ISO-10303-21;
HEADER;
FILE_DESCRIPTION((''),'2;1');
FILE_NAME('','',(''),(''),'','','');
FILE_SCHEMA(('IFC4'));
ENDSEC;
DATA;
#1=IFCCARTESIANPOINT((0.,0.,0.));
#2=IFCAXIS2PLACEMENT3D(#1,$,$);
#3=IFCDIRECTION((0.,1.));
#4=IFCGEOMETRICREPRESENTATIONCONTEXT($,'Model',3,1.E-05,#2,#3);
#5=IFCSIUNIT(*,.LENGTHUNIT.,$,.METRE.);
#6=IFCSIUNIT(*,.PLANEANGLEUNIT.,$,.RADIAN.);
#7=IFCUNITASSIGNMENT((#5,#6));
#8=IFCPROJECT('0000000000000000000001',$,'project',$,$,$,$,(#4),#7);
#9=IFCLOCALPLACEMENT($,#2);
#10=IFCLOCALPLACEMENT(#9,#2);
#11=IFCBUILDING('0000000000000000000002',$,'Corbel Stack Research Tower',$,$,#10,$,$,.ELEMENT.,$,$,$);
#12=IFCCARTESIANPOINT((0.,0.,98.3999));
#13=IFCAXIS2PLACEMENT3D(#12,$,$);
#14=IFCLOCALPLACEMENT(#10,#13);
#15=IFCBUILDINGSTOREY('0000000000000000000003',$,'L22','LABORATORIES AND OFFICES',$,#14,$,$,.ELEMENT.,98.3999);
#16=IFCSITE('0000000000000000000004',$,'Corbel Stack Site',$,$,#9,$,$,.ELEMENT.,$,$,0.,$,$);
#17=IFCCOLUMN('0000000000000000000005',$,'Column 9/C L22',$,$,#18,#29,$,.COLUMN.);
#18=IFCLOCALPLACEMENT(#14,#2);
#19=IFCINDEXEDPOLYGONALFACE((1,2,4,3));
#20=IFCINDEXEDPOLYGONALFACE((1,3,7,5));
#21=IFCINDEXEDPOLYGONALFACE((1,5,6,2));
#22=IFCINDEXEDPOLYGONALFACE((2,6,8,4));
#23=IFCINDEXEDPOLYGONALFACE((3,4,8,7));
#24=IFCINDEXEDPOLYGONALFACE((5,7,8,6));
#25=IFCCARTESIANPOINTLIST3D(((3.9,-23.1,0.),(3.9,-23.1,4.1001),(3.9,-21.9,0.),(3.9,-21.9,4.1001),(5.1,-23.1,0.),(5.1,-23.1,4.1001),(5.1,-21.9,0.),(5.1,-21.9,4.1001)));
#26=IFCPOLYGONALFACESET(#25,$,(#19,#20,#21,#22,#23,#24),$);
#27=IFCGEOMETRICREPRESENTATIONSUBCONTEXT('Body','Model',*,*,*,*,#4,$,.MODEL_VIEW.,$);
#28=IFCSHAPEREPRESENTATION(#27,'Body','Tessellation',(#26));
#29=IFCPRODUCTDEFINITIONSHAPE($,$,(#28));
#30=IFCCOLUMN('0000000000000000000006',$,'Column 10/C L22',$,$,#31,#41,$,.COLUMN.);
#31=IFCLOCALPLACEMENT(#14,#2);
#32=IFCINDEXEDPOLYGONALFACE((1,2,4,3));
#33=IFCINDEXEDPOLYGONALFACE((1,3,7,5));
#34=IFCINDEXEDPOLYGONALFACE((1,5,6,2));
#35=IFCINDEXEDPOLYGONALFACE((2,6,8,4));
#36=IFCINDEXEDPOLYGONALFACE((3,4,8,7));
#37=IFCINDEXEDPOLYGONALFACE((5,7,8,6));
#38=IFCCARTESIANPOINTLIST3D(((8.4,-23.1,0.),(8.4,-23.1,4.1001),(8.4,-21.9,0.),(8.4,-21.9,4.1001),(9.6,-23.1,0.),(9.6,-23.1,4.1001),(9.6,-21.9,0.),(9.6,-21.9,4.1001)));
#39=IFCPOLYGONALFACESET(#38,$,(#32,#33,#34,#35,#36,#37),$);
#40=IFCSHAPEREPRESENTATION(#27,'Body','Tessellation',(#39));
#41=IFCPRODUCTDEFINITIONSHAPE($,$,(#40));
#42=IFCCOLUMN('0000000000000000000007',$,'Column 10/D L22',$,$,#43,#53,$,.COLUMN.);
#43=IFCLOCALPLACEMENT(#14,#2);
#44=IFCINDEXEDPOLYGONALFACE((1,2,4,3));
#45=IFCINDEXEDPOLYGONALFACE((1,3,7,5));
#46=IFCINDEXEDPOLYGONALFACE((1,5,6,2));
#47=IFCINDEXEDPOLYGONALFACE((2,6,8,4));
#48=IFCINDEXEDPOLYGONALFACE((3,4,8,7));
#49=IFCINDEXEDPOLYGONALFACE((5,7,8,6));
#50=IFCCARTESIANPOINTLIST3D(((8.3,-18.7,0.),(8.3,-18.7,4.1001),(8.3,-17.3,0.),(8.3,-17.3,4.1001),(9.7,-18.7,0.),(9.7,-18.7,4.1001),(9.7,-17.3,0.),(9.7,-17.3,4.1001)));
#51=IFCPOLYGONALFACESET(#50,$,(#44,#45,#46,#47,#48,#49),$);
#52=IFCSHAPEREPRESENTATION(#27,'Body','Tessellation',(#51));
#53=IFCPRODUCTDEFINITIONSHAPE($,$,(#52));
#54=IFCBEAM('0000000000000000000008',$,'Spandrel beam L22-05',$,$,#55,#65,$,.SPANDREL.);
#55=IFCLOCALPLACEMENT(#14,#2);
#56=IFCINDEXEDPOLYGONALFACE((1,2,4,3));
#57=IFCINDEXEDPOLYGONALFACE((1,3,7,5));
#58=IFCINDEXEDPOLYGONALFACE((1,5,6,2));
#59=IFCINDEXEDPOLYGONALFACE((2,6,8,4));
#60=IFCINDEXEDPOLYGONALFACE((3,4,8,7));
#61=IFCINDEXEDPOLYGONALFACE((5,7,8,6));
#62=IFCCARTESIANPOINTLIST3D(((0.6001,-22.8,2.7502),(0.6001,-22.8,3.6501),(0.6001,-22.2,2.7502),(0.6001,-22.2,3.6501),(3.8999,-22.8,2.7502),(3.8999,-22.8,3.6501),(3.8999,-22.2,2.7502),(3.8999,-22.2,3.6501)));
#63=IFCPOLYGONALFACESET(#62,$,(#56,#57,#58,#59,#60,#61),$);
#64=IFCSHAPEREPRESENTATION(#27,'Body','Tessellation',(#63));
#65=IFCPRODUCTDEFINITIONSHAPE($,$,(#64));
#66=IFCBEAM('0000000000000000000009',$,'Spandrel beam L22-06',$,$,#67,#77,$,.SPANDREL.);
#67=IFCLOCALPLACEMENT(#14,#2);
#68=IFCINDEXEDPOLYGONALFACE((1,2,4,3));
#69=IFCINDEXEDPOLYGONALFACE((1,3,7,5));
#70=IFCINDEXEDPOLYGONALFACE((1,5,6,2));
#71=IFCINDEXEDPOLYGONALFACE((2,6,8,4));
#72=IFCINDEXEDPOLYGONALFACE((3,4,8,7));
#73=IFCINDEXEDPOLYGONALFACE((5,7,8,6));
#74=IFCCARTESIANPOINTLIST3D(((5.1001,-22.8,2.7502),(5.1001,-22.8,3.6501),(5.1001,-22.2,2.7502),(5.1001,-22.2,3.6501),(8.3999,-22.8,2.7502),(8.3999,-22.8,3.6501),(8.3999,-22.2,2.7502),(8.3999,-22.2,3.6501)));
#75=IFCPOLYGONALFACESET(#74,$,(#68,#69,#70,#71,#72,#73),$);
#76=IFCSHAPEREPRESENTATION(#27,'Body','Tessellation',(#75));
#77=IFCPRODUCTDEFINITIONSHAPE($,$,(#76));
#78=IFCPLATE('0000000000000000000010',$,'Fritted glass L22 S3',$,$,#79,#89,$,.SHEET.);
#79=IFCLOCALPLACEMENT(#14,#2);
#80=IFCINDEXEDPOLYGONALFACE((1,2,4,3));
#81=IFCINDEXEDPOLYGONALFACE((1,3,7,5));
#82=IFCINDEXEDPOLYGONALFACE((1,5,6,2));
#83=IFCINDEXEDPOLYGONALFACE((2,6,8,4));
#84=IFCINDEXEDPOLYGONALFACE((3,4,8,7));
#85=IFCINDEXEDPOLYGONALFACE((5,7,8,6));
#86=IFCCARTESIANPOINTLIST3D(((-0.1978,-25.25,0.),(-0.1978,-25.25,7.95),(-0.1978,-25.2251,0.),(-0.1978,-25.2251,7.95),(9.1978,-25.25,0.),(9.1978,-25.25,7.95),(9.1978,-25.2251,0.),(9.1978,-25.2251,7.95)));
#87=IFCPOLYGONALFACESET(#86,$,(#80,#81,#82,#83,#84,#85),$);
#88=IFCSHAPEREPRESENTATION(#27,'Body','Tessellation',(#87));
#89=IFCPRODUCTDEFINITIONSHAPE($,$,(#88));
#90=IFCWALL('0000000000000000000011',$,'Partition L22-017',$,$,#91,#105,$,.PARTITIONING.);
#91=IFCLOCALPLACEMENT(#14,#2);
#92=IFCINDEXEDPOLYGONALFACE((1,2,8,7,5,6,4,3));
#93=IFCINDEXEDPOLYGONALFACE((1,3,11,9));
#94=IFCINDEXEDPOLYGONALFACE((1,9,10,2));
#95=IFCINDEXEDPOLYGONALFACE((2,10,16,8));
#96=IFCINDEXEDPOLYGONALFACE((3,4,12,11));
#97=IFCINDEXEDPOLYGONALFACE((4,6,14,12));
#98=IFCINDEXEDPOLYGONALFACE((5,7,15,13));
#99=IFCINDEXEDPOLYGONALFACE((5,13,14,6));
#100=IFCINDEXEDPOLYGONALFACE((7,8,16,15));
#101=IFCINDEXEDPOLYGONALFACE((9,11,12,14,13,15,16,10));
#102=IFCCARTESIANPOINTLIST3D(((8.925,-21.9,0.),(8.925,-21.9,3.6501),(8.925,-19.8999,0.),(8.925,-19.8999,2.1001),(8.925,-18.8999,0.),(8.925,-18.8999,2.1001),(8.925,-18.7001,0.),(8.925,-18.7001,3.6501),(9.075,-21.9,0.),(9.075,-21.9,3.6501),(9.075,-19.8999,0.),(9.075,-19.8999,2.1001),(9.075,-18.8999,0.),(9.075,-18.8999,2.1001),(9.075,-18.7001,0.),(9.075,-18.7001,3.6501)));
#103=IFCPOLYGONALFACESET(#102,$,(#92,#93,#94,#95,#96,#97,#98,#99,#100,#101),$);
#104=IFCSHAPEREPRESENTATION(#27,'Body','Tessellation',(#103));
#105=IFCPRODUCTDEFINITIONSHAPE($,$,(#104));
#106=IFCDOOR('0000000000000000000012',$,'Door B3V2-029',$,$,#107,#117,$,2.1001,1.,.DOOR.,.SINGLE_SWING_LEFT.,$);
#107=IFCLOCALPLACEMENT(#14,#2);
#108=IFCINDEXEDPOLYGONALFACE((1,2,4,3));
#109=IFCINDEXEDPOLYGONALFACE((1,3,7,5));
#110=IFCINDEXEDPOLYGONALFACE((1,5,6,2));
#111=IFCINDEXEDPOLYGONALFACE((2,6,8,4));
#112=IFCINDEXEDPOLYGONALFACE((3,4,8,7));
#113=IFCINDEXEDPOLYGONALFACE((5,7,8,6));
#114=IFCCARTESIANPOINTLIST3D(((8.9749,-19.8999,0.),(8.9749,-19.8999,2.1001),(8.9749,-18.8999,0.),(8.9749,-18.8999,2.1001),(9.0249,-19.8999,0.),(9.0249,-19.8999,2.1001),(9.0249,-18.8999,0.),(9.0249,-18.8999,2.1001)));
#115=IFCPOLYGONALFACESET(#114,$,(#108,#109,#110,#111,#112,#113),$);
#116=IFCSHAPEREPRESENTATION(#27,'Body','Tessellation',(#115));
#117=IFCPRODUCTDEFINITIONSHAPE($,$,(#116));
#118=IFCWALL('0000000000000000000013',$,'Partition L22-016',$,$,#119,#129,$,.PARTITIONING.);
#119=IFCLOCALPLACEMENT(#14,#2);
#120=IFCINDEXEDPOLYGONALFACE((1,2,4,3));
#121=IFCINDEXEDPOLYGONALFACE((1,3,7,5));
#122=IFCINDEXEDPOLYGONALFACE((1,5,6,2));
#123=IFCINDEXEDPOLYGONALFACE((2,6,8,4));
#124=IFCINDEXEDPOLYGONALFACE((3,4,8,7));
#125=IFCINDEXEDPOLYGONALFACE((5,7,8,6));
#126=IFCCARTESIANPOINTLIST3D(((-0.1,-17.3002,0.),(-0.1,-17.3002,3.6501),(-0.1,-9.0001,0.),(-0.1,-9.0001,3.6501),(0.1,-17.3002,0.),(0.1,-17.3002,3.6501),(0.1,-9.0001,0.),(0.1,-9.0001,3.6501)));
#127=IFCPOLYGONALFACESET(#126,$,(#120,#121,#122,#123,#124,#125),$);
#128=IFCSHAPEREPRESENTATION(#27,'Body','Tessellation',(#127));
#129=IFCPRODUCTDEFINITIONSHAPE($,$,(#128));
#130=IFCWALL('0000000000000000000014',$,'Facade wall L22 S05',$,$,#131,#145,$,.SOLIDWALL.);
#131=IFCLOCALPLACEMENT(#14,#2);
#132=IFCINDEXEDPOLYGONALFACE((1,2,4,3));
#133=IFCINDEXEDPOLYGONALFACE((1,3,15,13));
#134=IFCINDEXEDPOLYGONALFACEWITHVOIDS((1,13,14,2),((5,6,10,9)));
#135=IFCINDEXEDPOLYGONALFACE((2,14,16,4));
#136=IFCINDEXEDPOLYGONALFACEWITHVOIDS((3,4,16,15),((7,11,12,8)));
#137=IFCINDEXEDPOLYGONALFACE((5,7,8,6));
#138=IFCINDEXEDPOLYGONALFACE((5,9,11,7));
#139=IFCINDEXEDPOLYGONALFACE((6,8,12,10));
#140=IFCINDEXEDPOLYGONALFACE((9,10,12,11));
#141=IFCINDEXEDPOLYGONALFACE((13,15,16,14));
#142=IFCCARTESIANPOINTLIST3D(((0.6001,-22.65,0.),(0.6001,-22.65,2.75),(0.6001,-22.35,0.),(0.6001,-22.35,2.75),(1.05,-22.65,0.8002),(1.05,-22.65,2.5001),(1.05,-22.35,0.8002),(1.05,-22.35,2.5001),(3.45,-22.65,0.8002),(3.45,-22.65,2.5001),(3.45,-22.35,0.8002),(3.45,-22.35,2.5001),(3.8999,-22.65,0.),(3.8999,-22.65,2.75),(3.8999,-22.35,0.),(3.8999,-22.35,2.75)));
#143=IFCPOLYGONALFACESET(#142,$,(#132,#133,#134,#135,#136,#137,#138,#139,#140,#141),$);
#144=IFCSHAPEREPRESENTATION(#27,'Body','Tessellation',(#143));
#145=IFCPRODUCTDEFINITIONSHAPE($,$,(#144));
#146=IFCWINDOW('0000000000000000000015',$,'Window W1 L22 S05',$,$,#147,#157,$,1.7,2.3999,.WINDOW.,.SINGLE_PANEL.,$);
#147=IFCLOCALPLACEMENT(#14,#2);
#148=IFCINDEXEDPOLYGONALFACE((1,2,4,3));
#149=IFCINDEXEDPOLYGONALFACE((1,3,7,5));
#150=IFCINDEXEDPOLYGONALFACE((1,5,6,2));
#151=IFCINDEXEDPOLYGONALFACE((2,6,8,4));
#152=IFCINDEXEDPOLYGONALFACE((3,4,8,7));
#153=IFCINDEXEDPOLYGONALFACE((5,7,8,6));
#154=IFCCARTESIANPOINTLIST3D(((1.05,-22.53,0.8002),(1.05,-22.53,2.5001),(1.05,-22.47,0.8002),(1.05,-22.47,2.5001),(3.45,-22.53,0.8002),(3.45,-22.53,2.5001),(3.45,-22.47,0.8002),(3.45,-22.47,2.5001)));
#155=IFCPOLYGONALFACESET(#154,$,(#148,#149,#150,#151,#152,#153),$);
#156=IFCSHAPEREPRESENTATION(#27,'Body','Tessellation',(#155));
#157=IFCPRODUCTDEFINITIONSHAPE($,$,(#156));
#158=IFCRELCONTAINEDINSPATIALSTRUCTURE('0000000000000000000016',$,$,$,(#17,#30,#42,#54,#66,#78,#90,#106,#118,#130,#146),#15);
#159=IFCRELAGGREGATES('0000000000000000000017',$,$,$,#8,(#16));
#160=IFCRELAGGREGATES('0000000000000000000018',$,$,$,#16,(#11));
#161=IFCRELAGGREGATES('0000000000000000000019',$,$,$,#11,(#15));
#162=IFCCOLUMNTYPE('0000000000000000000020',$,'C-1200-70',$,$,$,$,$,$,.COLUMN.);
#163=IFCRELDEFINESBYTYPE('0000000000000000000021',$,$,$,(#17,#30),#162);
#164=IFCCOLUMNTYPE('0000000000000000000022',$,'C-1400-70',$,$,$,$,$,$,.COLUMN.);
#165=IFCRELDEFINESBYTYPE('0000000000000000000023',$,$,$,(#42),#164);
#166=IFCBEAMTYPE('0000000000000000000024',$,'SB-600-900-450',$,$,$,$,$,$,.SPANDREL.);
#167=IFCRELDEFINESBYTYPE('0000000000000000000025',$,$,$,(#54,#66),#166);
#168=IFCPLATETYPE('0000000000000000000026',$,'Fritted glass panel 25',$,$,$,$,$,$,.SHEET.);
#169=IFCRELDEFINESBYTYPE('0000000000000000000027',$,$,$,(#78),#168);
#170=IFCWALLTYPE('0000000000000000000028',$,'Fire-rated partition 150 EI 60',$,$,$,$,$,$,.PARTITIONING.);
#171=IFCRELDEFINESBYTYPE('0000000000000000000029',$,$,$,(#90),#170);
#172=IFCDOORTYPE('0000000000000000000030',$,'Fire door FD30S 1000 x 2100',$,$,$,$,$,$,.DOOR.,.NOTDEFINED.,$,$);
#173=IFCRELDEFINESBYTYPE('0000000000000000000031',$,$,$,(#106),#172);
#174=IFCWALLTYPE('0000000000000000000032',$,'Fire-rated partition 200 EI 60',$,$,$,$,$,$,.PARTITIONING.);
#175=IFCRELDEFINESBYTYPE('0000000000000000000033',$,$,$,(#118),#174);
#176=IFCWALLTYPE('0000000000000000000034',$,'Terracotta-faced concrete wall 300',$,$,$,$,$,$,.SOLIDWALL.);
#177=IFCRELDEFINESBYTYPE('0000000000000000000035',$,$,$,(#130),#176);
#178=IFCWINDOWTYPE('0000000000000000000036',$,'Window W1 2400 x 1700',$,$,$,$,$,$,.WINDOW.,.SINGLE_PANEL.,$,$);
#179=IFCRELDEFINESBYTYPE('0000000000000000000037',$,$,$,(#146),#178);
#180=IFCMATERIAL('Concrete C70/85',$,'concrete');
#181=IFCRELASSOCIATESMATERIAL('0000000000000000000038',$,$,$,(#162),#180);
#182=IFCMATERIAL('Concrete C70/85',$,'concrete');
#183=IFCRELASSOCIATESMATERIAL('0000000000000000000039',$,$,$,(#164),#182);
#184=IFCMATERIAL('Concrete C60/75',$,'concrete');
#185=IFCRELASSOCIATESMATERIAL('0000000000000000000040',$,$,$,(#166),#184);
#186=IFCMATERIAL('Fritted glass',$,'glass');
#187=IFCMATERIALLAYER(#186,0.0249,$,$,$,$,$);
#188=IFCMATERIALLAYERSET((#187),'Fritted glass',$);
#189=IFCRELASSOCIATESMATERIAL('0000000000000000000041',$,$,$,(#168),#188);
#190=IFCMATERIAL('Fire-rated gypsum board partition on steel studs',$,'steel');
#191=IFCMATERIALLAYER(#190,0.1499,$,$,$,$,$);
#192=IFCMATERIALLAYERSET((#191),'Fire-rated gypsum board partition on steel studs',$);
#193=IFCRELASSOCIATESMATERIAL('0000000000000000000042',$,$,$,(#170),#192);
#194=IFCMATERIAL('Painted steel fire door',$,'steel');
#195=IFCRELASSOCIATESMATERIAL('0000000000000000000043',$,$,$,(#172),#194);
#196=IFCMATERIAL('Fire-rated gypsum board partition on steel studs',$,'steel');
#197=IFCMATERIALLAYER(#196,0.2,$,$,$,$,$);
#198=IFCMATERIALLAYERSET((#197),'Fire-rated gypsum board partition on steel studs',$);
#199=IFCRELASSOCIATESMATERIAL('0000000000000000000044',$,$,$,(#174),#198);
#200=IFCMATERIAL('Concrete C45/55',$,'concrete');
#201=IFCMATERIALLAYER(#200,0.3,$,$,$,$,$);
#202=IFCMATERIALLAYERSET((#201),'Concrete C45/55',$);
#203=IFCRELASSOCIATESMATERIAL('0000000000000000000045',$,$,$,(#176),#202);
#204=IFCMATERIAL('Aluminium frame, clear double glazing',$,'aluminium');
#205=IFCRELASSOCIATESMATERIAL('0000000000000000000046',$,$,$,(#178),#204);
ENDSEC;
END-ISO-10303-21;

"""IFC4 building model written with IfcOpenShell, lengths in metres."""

from ifc_helpers import new_model, si_unit, direction, frame, frame_2d, origin, origin_2d, place, context, subcontext, project, spatial, rectangle, extrude, material, layer, layer_set, material_profile, profile_set, type_object, element, fill, save


model = new_model("IFC4")

# Units and contexts
model_context = context("Model", 3, precision=1e-05, world=origin(), true_north=direction((0.0, 1.0)))
body_context = subcontext(model_context, "Body", "Model", "MODEL_VIEW")
ifc_project = project(units=[si_unit("LENGTHUNIT", "METRE"), si_unit("PLANEANGLEUNIT", "RADIAN")], contexts=[model_context])

# Site, building, storey
site_placement = place(None, origin())
site = spatial("IfcSite", under=ifc_project, at=site_placement, Name="Corbel Stack Site", CompositionType="ELEMENT", RefElevation=0.0)
building_placement = place(site_placement, origin())
building = spatial("IfcBuilding", under=site, at=building_placement, Name="Corbel Stack Research Tower", CompositionType="ELEMENT")
storey_placement = place(building_placement, frame((0.0, 0.0, 98.3999)))
storey = spatial("IfcBuildingStorey", under=building, at=storey_placement, Name="L22", Description="LABORATORIES AND OFFICES", CompositionType="ELEMENT", Elevation=98.3999)

# Columns
ifc_material_1 = material(Name="Concrete C70/85", Category="concrete")
ifc_material_profile_1 = material_profile(ifc_material_1, rectangle(XDim=1.2, YDim=1.2, at=origin_2d()), Name="RC 1200 x 1200")
ifc_profile_set_1 = profile_set([ifc_material_profile_1], Name="Concrete C70/85")
column_type_1 = type_object("IfcColumnType", Name="C-1200-70", PredefinedType="COLUMN", material=ifc_profile_set_1)
for number, where, z_axis, x_axis, name in (
    (1, (4.5, -22.5, 0.0), (0.0, 0.0, 1.0), (1.0, 0.0, 0.0), "Column 9/C L22"),
    (2, (9.0, -22.5, 0.0), (0.0, 0.0, 1.0), (1.0, 0.0, 0.0), "Column 10/C L22"),
):
    element("IfcColumn", number, at=place(storey_placement, frame(where, z_axis=z_axis, x_axis=x_axis)), inside=storey, type_object=column_type_1, Name=name, PredefinedType="COLUMN", context=body_context, shape_type="SweptSolid", body=[
        extrude(rectangle(XDim=1.2, YDim=1.2, at=origin_2d()), origin(), (0.0, 0.0, 1.0), 4.1001),
    ])
ifc_material_2 = material(Name="Concrete C70/85", Category="concrete")
ifc_material_profile_2 = material_profile(ifc_material_2, rectangle(XDim=1.3999, YDim=1.3999, at=origin_2d()), Name="RC 1400 x 1400")
ifc_profile_set_2 = profile_set([ifc_material_profile_2], Name="Concrete C70/85")
column_type_2 = type_object("IfcColumnType", Name="C-1400-70", PredefinedType="COLUMN", material=ifc_profile_set_2)
column_placement = place(storey_placement, frame((9.0, -18.0, 0.0), z_axis=(0.0, 0.0, 1.0), x_axis=(1.0, 0.0, 0.0)))
element("IfcColumn", 3, at=column_placement, inside=storey, type_object=column_type_2, Name="Column 10/D L22", PredefinedType="COLUMN", context=body_context, shape_type="SweptSolid", body=[
    extrude(rectangle(XDim=1.3999, YDim=1.3999, at=origin_2d()), origin(), (0.0, 0.0, 1.0), 4.1001),
])

# Beams
ifc_material_3 = material(Name="Concrete C60/75", Category="concrete")
ifc_material_profile_3 = material_profile(ifc_material_3, rectangle(XDim=0.6001, YDim=0.8999, at=origin_2d()), Name="RC 600 x 900")
ifc_profile_set_3 = profile_set([ifc_material_profile_3], Name="Concrete C60/75")
beam_type = type_object("IfcBeamType", Name="SB-600-900-450", PredefinedType="SPANDREL", material=ifc_profile_set_3)
for number, where, z_axis, x_axis, name in (
    (4, (0.6001, -22.5, 3.2002), (1.0, 0.0, 0.0), (0.0, 1.0, 0.0), "Spandrel beam L22-05"),
    (5, (5.1001, -22.5, 3.2002), (1.0, 0.0, 0.0), (0.0, 1.0, 0.0), "Spandrel beam L22-06"),
):
    element("IfcBeam", number, at=place(storey_placement, frame(where, z_axis=z_axis, x_axis=x_axis)), inside=storey, type_object=beam_type, Name=name, PredefinedType="SPANDREL", context=body_context, shape_type="SweptSolid", body=[
        extrude(rectangle(XDim=0.6001, YDim=0.8999, at=origin_2d()), origin(), (0.0, 0.0, 1.0), 3.2998),
    ])

# Plate
ifc_material_4 = material(Name="Fritted glass", Category="glass")
ifc_layer_1 = layer(ifc_material_4, 0.0249)
ifc_layer_set_1 = layer_set([ifc_layer_1], Name="Fritted glass")
plate_type = type_object("IfcPlateType", Name="Fritted glass panel 25", PredefinedType="SHEET", material=ifc_layer_set_1)
plate_placement = place(storey_placement, frame((4.5, -25.2375, 0.0), z_axis=(0.0, 0.0, 1.0), x_axis=(1.0, 0.0, 0.0)))
element("IfcPlate", 6, at=plate_placement, inside=storey, type_object=plate_type, Name="Fritted glass L22 S3", PredefinedType="SHEET", context=body_context, shape_type="SweptSolid", body=[
    extrude(rectangle(XDim=9.3955, YDim=0.0249, at=origin_2d()), origin(), (0.0, 0.0, 1.0), 7.95),
])

# Wall, opening, door
ifc_material_5 = material(Name="Fire-rated gypsum board partition on steel studs", Category="steel")
ifc_layer_2 = layer(ifc_material_5, 0.1499)
ifc_layer_set_2 = layer_set([ifc_layer_2], Name="Fire-rated gypsum board partition on steel studs")
wall_type_1 = type_object("IfcWallType", Name="Fire-rated partition 150 EI 60", PredefinedType="PARTITIONING", material=ifc_layer_set_2)
wall_1_placement = place(storey_placement, frame((9.0, -18.7, 0.0), z_axis=(0.0, 0.0, 1.0), x_axis=(0.0, -1.0, 0.0)))
wall_1 = element("IfcWall", 7, at=wall_1_placement, inside=storey, type_object=wall_type_1, Name="Partition L22-017", PredefinedType="PARTITIONING", context=body_context, shape_type="SweptSolid", body=[
    extrude(rectangle(XDim=3.2, YDim=0.1499, at=frame_2d((1.6001, 0.0))), origin(), (0.0, 0.0, 1.0), 3.6501),
])
opening_1_placement = place(wall_1_placement, frame((0.2, 0.0, 0.0)))
opening_1 = element("IfcOpeningElement", 8, at=opening_1_placement, cuts=wall_1, PredefinedType="OPENING", context=body_context, shape_type="SweptSolid", body=[
    extrude(rectangle(XDim=1.0, YDim=2.1001, at=frame_2d((0.5, 1.05))), frame((0.0, 0.085, 0.0), z_axis=(0.0, -1.0, 0.0), x_axis=(1.0, 0.0, 0.0)), (0.0, 0.0, 1.0), 0.1699),
])
ifc_material_6 = material(Name="Painted steel fire door", Category="steel")
door_type_1 = type_object("IfcDoorType", Name="Fire door FD30S 1000 x 2100", OperationType="NOTDEFINED", PredefinedType="DOOR", material=ifc_material_6)
door_1_placement = place(opening_1_placement, origin())
door_1 = element("IfcDoor", 9, at=door_1_placement, inside=storey, type_object=door_type_1, Name="Door B3V2-029", OperationType="SINGLE_SWING_LEFT", OverallHeight=2.1001, OverallWidth=1.0, PredefinedType="DOOR", context=body_context, shape_type="SweptSolid", body=[
    extrude(rectangle(XDim=1.0, YDim=2.1001, at=frame_2d((0.5, 1.05))), frame((0.0, 0.0249, 0.0), z_axis=(0.0, -1.0, 0.0), x_axis=(1.0, 0.0, 0.0)), (0.0, 0.0, 1.0), 0.05),
])
fill(opening_1, door_1)

# Wall
ifc_material_7 = material(Name="Fire-rated gypsum board partition on steel studs", Category="steel")
ifc_layer_3 = layer(ifc_material_7, 0.2)
ifc_layer_set_3 = layer_set([ifc_layer_3], Name="Fire-rated gypsum board partition on steel studs")
wall_type_2 = type_object("IfcWallType", Name="Fire-rated partition 200 EI 60", PredefinedType="PARTITIONING", material=ifc_layer_set_3)
wall_2_placement = place(storey_placement, frame((0.0, -17.3, 0.0), z_axis=(0.0, 0.0, 1.0), x_axis=(0.0, 1.0, 0.0)))
element("IfcWall", 10, at=wall_2_placement, inside=storey, type_object=wall_type_2, Name="Partition L22-016", PredefinedType="PARTITIONING", context=body_context, shape_type="SweptSolid", body=[
    extrude(rectangle(XDim=8.3, YDim=0.2, at=frame_2d((4.1499, 0.0))), origin(), (0.0, 0.0, 1.0), 3.6501),
])

# Wall, opening, window
ifc_material_8 = material(Name="Concrete C45/55", Category="concrete")
ifc_layer_4 = layer(ifc_material_8, 0.3)
ifc_layer_set_4 = layer_set([ifc_layer_4], Name="Concrete C45/55")
wall_type_3 = type_object("IfcWallType", Name="Terracotta-faced concrete wall 300", PredefinedType="SOLIDWALL", material=ifc_layer_set_4)
wall_3_placement = place(storey_placement, frame((3.8999, -22.5, 0.0), z_axis=(0.0, 0.0, 1.0), x_axis=(-1.0, 0.0, 0.0)))
wall_3 = element("IfcWall", 11, at=wall_3_placement, inside=storey, type_object=wall_type_3, Name="Facade wall L22 S05", PredefinedType="SOLIDWALL", context=body_context, shape_type="SweptSolid", body=[
    extrude(rectangle(XDim=3.2998, YDim=0.3, at=frame_2d((1.6499, 0.0))), origin(), (0.0, 0.0, 1.0), 2.75),
])
opening_2_placement = place(wall_3_placement, frame((0.45, 0.0, 0.8)))
opening_2 = element("IfcOpeningElement", 12, at=opening_2_placement, cuts=wall_3, PredefinedType="OPENING", context=body_context, shape_type="SweptSolid", body=[
    extrude(rectangle(XDim=2.3999, YDim=1.7, at=frame_2d((1.2, 0.8501))), frame((0.0, 0.1599, 0.0), z_axis=(0.0, -1.0, 0.0), x_axis=(1.0, 0.0, 0.0)), (0.0, 0.0, 1.0), 0.3201),
])
ifc_material_9 = material(Name="Aluminium frame, clear double glazing", Category="aluminium")
window_type = type_object("IfcWindowType", Name="Window W1 2400 x 1700", PartitioningType="SINGLE_PANEL", PredefinedType="WINDOW", material=ifc_material_9)
window_1_placement = place(opening_2_placement, origin())
window_1 = element("IfcWindow", 13, at=window_1_placement, inside=storey, type_object=window_type, Name="Window W1 L22 S05", OverallHeight=1.7, OverallWidth=2.3999, PartitioningType="SINGLE_PANEL", PredefinedType="WINDOW", context=body_context, shape_type="SweptSolid", body=[
    extrude(rectangle(XDim=2.3999, YDim=1.7, at=frame_2d((1.2, 0.8501))), frame((0.0, 0.03, 0.0), z_axis=(0.0, -1.0, 0.0), x_axis=(1.0, 0.0, 0.0)), (0.0, 0.0, 1.0), 0.0601),
])
fill(opening_2, window_1)

save(model, "model.ifc")
